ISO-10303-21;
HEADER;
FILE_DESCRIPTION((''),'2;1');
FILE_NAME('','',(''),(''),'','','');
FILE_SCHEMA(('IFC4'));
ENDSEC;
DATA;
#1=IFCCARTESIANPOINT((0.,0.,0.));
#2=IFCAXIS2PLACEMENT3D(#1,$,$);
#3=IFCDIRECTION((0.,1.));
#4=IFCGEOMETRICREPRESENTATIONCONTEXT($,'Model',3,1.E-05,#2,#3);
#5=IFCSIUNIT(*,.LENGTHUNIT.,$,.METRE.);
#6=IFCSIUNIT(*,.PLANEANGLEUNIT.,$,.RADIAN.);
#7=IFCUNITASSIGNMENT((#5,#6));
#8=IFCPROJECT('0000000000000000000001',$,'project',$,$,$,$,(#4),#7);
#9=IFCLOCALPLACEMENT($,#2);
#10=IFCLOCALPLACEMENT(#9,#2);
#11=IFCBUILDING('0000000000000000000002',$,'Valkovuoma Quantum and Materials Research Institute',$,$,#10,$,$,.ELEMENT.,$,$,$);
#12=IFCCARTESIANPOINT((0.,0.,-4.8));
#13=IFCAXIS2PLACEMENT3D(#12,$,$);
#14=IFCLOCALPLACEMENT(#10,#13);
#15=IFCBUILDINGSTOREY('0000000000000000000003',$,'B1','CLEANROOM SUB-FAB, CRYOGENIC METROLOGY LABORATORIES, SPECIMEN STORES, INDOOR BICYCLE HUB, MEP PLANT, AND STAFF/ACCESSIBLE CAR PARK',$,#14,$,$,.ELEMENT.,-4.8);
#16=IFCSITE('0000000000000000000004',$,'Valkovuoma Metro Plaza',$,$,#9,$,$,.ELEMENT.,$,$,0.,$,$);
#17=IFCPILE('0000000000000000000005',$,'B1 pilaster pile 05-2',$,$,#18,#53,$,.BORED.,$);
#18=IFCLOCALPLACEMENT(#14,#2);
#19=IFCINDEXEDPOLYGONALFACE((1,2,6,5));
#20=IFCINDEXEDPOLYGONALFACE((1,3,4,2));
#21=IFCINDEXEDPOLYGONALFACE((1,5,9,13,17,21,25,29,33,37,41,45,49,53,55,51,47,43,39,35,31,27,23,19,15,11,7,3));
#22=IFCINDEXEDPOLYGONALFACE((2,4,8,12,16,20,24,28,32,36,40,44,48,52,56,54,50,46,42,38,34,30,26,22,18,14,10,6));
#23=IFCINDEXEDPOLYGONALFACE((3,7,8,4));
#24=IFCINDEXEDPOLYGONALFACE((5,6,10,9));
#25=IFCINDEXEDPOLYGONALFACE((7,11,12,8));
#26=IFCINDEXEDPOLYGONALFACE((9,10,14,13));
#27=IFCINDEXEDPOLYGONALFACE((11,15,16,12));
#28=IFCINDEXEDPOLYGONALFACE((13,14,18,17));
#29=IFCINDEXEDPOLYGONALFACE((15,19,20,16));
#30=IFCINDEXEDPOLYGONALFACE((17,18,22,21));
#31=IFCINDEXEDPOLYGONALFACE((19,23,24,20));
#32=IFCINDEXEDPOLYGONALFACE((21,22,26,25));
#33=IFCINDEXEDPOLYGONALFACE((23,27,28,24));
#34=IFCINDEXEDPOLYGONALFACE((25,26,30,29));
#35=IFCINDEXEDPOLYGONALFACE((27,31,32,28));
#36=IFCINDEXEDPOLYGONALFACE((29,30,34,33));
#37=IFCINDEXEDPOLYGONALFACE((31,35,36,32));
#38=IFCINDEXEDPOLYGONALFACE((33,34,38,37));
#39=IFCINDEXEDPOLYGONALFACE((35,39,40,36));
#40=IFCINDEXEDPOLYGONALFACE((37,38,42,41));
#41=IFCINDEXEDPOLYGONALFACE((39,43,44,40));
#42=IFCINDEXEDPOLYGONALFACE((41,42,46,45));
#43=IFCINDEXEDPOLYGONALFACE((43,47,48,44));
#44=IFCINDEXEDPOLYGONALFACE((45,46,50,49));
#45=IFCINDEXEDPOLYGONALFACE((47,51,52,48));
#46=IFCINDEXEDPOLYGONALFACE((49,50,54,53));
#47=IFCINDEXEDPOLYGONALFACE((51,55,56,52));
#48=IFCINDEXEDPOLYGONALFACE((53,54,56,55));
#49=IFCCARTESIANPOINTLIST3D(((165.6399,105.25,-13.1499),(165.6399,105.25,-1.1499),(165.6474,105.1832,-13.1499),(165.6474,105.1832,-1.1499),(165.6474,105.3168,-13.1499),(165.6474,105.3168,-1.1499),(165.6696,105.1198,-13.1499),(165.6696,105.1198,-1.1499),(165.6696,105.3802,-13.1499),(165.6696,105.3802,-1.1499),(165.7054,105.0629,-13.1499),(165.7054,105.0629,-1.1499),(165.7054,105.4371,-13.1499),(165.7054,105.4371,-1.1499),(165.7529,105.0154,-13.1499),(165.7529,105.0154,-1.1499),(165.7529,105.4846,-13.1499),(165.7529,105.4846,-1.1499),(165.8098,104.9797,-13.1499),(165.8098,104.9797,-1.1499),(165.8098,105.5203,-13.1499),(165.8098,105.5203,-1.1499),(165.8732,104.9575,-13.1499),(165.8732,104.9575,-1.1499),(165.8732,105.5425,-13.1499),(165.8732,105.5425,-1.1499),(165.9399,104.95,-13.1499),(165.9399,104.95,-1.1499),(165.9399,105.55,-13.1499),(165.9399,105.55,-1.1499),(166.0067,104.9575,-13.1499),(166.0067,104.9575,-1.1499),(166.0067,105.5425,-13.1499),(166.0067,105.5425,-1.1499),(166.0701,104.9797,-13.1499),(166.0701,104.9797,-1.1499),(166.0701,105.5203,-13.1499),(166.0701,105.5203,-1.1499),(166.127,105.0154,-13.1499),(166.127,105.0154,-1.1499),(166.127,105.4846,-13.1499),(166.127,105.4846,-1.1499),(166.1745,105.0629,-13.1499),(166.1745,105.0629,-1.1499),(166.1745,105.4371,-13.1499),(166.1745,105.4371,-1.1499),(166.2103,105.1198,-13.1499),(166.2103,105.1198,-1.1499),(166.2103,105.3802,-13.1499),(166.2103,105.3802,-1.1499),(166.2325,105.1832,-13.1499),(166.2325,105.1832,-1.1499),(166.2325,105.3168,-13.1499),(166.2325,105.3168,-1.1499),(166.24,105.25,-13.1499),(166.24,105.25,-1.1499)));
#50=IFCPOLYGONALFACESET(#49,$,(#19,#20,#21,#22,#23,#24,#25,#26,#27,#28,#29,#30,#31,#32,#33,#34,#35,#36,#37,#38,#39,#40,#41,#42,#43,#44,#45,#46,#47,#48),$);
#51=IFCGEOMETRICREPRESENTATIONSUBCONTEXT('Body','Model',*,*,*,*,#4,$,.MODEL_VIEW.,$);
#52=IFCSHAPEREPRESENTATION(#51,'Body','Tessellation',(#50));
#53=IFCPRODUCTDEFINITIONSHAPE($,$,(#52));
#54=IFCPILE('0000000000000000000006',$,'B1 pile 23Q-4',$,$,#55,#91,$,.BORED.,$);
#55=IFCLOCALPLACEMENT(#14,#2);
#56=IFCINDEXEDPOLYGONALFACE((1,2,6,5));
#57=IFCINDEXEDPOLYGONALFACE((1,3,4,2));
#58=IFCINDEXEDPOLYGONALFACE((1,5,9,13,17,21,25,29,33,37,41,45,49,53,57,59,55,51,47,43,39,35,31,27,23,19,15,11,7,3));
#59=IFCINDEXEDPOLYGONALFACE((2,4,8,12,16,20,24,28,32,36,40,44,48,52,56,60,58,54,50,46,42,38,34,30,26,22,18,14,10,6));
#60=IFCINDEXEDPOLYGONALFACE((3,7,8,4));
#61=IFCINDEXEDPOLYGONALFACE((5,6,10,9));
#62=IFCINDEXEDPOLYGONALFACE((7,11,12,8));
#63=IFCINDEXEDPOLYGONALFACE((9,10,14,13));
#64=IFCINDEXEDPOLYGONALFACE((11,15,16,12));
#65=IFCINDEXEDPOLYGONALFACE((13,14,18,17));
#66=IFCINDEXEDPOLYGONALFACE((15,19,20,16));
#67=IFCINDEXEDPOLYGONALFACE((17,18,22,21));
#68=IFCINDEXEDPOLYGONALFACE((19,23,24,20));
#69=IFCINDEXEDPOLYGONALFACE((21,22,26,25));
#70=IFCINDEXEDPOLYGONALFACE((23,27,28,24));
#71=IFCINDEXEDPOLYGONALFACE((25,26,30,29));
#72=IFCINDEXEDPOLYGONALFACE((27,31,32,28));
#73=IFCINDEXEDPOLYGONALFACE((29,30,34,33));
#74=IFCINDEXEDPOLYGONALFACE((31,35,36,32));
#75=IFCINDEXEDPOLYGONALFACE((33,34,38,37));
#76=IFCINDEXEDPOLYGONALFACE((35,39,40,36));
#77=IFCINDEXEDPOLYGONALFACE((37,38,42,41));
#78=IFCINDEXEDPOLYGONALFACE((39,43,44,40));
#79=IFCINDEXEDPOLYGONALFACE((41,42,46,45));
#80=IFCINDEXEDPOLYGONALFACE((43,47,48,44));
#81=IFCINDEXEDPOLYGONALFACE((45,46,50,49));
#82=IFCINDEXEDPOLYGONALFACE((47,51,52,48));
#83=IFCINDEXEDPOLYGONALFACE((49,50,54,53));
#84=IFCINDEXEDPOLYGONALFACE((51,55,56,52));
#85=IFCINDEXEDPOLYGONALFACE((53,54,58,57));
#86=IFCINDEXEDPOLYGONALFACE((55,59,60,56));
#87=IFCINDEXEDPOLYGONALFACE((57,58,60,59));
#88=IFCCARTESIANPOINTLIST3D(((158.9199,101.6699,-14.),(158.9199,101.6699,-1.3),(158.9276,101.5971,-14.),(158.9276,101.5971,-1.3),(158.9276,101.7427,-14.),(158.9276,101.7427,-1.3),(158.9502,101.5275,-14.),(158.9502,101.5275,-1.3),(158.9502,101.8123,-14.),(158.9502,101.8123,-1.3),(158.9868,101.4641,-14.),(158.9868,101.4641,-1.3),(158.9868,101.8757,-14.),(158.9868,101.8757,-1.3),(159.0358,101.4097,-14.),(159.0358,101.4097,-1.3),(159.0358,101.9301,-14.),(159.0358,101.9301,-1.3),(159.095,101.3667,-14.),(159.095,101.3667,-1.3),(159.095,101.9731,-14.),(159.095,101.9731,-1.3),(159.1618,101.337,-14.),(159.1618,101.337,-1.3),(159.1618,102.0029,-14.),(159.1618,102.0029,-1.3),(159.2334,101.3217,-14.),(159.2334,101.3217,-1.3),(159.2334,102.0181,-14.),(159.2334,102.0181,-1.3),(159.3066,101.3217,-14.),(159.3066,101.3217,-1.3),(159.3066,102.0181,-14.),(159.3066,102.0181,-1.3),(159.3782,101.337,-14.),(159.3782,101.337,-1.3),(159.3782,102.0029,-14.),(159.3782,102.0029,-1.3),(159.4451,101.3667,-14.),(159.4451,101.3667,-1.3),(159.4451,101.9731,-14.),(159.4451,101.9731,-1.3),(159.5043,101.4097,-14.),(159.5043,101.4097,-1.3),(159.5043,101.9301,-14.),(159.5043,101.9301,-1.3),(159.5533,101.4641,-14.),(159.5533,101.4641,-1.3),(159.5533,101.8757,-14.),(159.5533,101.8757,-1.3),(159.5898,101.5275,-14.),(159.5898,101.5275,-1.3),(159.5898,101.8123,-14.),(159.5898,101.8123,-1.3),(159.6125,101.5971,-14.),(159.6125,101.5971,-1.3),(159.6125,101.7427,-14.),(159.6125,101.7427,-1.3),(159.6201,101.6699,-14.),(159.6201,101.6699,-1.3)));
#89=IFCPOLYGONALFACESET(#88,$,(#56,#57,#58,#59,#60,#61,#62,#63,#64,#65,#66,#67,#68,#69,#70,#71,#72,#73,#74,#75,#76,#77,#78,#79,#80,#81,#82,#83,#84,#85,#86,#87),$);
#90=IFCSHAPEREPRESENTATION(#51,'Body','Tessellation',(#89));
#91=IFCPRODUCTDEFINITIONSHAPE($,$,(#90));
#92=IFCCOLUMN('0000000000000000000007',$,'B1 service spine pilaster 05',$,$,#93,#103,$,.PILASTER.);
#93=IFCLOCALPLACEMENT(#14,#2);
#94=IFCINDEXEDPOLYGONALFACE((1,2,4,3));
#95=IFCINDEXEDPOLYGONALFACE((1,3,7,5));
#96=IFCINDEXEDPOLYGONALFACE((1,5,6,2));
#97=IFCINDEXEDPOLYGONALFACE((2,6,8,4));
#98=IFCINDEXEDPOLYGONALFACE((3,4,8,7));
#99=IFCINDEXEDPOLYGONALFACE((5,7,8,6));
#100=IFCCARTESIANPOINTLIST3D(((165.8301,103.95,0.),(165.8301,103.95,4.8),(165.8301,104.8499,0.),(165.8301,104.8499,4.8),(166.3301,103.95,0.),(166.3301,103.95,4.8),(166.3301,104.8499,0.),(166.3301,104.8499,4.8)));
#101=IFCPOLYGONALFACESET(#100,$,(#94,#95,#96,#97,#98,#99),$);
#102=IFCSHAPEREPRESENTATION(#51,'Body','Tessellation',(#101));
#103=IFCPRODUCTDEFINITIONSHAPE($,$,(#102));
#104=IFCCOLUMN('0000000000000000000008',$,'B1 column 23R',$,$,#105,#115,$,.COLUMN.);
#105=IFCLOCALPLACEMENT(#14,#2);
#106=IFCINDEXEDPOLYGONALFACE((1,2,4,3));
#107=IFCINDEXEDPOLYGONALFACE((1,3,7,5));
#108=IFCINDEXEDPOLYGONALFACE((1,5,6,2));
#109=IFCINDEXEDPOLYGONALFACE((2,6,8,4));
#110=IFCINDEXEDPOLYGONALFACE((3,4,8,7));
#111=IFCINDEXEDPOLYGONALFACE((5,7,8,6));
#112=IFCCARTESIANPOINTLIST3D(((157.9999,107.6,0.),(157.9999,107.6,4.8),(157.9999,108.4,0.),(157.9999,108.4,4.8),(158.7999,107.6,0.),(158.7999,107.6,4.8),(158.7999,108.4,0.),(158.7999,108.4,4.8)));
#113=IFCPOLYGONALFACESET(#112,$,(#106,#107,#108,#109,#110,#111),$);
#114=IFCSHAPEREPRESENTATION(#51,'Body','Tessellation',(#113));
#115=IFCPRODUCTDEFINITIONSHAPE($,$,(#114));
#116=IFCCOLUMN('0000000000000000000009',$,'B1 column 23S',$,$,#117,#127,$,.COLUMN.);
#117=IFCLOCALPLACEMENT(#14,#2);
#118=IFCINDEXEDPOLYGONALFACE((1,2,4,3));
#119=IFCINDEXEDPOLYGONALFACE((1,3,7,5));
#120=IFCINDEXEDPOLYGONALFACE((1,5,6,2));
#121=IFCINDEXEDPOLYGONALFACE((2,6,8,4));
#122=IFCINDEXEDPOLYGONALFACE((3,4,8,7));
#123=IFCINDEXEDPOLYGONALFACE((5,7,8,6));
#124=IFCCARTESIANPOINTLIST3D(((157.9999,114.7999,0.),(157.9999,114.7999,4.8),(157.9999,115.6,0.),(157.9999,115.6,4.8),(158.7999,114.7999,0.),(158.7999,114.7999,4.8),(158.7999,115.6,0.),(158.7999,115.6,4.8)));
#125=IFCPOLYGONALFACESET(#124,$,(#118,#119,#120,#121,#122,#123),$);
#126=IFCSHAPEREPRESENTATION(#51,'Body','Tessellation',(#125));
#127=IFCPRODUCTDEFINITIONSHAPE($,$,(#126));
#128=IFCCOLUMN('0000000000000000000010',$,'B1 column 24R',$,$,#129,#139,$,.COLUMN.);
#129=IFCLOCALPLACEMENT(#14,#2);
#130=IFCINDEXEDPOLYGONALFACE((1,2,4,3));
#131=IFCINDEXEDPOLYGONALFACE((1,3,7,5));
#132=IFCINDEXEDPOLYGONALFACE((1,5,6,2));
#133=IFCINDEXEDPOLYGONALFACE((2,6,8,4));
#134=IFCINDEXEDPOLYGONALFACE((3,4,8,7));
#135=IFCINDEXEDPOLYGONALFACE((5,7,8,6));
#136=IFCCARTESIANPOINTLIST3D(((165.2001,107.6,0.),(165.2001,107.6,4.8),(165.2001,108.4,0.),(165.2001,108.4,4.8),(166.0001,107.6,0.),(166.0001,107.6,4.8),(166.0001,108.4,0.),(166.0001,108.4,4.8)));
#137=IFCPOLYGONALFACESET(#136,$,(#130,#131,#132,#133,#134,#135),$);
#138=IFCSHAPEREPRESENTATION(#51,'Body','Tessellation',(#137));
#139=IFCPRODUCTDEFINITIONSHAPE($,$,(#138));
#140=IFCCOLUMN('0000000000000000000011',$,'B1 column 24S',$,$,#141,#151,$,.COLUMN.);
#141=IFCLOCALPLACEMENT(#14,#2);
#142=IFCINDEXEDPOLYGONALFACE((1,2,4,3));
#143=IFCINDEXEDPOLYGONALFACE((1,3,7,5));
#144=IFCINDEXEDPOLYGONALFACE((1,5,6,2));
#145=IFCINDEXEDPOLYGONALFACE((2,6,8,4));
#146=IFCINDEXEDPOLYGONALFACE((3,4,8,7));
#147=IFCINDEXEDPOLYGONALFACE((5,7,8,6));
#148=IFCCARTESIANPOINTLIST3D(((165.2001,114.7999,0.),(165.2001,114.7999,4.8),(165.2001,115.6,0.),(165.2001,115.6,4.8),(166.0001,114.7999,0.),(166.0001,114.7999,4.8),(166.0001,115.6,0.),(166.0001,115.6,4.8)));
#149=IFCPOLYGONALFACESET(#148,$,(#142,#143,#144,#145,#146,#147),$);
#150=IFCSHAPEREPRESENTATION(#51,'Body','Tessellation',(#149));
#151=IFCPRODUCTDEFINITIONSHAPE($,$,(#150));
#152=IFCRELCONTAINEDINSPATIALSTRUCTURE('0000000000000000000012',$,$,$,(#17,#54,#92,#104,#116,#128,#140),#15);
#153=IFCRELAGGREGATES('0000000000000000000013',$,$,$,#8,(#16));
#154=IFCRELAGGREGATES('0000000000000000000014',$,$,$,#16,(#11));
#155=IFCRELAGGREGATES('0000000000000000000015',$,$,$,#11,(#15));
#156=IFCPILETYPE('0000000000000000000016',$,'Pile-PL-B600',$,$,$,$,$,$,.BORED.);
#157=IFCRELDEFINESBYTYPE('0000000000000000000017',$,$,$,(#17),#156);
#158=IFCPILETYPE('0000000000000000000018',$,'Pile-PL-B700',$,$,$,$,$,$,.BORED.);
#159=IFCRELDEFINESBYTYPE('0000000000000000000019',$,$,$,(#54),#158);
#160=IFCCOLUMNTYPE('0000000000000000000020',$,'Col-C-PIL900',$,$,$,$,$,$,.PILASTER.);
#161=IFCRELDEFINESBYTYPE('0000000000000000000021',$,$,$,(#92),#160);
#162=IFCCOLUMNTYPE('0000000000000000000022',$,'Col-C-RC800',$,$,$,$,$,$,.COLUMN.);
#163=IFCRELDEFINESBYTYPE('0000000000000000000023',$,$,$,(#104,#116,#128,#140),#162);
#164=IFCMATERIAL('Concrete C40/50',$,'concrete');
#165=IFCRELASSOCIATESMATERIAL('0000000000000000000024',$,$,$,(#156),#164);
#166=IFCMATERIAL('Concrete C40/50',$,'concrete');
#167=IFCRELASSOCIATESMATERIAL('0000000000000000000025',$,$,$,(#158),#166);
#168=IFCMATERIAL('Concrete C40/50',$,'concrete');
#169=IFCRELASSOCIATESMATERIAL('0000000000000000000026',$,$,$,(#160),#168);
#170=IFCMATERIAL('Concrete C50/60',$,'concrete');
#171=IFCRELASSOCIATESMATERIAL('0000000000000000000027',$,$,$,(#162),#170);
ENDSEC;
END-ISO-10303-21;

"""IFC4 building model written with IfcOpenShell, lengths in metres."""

from ifc_helpers import new_model, si_unit, direction, frame, origin, origin_2d, place, context, subcontext, project, spatial, rectangle, circle, extrude, material, material_profile, profile_set, type_object, element, save


model = new_model("IFC4")

# Units and contexts
model_context = context("Model", 3, precision=1e-05, world=origin(), true_north=direction((0.0, 1.0)))
body_context = subcontext(model_context, "Body", "Model", "MODEL_VIEW")
ifc_project = project(units=[si_unit("LENGTHUNIT", "METRE"), si_unit("PLANEANGLEUNIT", "RADIAN")], contexts=[model_context])

# Site, building, storey
site_placement = place(None, origin())
site = spatial("IfcSite", under=ifc_project, at=site_placement, Name="Valkovuoma Metro Plaza", CompositionType="ELEMENT", RefElevation=0.0)
building_placement = place(site_placement, origin())
building = spatial("IfcBuilding", under=site, at=building_placement, Name="Valkovuoma Quantum and Materials Research Institute", CompositionType="ELEMENT")
storey_placement = place(building_placement, frame((0.0, 0.0, -4.8)))
storey = spatial("IfcBuildingStorey", under=building, at=storey_placement, Name="B1", Description="CLEANROOM SUB-FAB, CRYOGENIC METROLOGY LABORATORIES, SPECIMEN STORES, INDOOR BICYCLE HUB, MEP PLANT, AND STAFF/ACCESSIBLE CAR PARK", CompositionType="ELEMENT", Elevation=-4.8)

# Piles
ifc_material_1 = material(Name="Concrete C40/50", Category="concrete")
ifc_material_profile_1 = material_profile(ifc_material_1, circle(Radius=0.3, at=origin_2d()), Name="Concrete C40/50")
ifc_profile_set_1 = profile_set([ifc_material_profile_1], Name="Concrete C40/50")
pile_type_1 = type_object("IfcPileType", Name="Pile-PL-B600", PredefinedType="BORED", material=ifc_profile_set_1)
for number, where, z_axis, x_axis, name in (
    (1, (165.9399, 105.25, -1.1499), (0.0, 0.0, -1.0), (1.0, 0.0, 0.0), "B1 pilaster pile 05-2"),
):
    element("IfcPile", number, at=place(storey_placement, frame(where, z_axis=z_axis, x_axis=x_axis)), inside=storey, type_object=pile_type_1, Name=name, PredefinedType="BORED", context=body_context, shape_type="SweptSolid", body=[
        extrude(circle(Radius=0.3, at=origin_2d()), origin(), (0.0, 0.0, 1.0), 12.0),
    ])
ifc_material_2 = material(Name="Concrete C40/50", Category="concrete")
ifc_material_profile_2 = material_profile(ifc_material_2, circle(Radius=0.3501, at=origin_2d()), Name="Concrete C40/50")
ifc_profile_set_2 = profile_set([ifc_material_profile_2], Name="Concrete C40/50")
pile_type_2 = type_object("IfcPileType", Name="Pile-PL-B700", PredefinedType="BORED", material=ifc_profile_set_2)
pile_1_placement = place(storey_placement, frame((159.27, 101.6699, -1.3), z_axis=(0.0, 0.0, -1.0), x_axis=(1.0, 0.0, 0.0)))
element("IfcPile", 2, at=pile_1_placement, inside=storey, type_object=pile_type_2, Name="B1 pile 23Q-4", PredefinedType="BORED", context=body_context, shape_type="SweptSolid", body=[
    extrude(circle(Radius=0.3501, at=origin_2d()), origin(), (0.0, 0.0, 1.0), 12.7),
])

# Columns
ifc_material_3 = material(Name="Concrete C40/50", Category="concrete")
ifc_material_profile_3 = material_profile(ifc_material_3, rectangle(XDim=0.5, YDim=0.8999, at=origin_2d()), Name="Concrete C40/50")
ifc_profile_set_3 = profile_set([ifc_material_profile_3], Name="Concrete C40/50")
column_type_1 = type_object("IfcColumnType", Name="Col-C-PIL900", PredefinedType="PILASTER", material=ifc_profile_set_3)
column_placement = place(storey_placement, frame((166.0801, 104.3999, 0.0), z_axis=(0.0, 0.0, 1.0), x_axis=(1.0, 0.0, 0.0)))
element("IfcColumn", 3, at=column_placement, inside=storey, type_object=column_type_1, Name="B1 service spine pilaster 05", PredefinedType="PILASTER", context=body_context, shape_type="SweptSolid", body=[
    extrude(rectangle(XDim=0.5, YDim=0.8999, at=origin_2d()), origin(), (0.0, 0.0, 1.0), 4.8),
])
ifc_material_4 = material(Name="Concrete C50/60", Category="concrete")
ifc_material_profile_4 = material_profile(ifc_material_4, rectangle(XDim=0.8, YDim=0.8, at=origin_2d()), Name="Concrete C50/60")
ifc_profile_set_4 = profile_set([ifc_material_profile_4], Name="Concrete C50/60")
column_type_2 = type_object("IfcColumnType", Name="Col-C-RC800", PredefinedType="COLUMN", material=ifc_profile_set_4)
for number, where, z_axis, x_axis, name in (
    (4, (158.3999, 108.0, 0.0), (0.0, 0.0, 1.0), (1.0, 0.0, 0.0), "B1 column 23R"),
    (5, (158.3999, 115.2, 0.0), (0.0, 0.0, 1.0), (1.0, 0.0, 0.0), "B1 column 23S"),
    (6, (165.6001, 108.0, 0.0), (0.0, 0.0, 1.0), (1.0, 0.0, 0.0), "B1 column 24R"),
    (7, (165.6001, 115.2, 0.0), (0.0, 0.0, 1.0), (1.0, 0.0, 0.0), "B1 column 24S"),
):
    element("IfcColumn", number, at=place(storey_placement, frame(where, z_axis=z_axis, x_axis=x_axis)), inside=storey, type_object=column_type_2, Name=name, PredefinedType="COLUMN", context=body_context, shape_type="SweptSolid", body=[
        extrude(rectangle(XDim=0.8, YDim=0.8, at=origin_2d()), origin(), (0.0, 0.0, 1.0), 4.8),
    ])

save(model, "model.ifc")
